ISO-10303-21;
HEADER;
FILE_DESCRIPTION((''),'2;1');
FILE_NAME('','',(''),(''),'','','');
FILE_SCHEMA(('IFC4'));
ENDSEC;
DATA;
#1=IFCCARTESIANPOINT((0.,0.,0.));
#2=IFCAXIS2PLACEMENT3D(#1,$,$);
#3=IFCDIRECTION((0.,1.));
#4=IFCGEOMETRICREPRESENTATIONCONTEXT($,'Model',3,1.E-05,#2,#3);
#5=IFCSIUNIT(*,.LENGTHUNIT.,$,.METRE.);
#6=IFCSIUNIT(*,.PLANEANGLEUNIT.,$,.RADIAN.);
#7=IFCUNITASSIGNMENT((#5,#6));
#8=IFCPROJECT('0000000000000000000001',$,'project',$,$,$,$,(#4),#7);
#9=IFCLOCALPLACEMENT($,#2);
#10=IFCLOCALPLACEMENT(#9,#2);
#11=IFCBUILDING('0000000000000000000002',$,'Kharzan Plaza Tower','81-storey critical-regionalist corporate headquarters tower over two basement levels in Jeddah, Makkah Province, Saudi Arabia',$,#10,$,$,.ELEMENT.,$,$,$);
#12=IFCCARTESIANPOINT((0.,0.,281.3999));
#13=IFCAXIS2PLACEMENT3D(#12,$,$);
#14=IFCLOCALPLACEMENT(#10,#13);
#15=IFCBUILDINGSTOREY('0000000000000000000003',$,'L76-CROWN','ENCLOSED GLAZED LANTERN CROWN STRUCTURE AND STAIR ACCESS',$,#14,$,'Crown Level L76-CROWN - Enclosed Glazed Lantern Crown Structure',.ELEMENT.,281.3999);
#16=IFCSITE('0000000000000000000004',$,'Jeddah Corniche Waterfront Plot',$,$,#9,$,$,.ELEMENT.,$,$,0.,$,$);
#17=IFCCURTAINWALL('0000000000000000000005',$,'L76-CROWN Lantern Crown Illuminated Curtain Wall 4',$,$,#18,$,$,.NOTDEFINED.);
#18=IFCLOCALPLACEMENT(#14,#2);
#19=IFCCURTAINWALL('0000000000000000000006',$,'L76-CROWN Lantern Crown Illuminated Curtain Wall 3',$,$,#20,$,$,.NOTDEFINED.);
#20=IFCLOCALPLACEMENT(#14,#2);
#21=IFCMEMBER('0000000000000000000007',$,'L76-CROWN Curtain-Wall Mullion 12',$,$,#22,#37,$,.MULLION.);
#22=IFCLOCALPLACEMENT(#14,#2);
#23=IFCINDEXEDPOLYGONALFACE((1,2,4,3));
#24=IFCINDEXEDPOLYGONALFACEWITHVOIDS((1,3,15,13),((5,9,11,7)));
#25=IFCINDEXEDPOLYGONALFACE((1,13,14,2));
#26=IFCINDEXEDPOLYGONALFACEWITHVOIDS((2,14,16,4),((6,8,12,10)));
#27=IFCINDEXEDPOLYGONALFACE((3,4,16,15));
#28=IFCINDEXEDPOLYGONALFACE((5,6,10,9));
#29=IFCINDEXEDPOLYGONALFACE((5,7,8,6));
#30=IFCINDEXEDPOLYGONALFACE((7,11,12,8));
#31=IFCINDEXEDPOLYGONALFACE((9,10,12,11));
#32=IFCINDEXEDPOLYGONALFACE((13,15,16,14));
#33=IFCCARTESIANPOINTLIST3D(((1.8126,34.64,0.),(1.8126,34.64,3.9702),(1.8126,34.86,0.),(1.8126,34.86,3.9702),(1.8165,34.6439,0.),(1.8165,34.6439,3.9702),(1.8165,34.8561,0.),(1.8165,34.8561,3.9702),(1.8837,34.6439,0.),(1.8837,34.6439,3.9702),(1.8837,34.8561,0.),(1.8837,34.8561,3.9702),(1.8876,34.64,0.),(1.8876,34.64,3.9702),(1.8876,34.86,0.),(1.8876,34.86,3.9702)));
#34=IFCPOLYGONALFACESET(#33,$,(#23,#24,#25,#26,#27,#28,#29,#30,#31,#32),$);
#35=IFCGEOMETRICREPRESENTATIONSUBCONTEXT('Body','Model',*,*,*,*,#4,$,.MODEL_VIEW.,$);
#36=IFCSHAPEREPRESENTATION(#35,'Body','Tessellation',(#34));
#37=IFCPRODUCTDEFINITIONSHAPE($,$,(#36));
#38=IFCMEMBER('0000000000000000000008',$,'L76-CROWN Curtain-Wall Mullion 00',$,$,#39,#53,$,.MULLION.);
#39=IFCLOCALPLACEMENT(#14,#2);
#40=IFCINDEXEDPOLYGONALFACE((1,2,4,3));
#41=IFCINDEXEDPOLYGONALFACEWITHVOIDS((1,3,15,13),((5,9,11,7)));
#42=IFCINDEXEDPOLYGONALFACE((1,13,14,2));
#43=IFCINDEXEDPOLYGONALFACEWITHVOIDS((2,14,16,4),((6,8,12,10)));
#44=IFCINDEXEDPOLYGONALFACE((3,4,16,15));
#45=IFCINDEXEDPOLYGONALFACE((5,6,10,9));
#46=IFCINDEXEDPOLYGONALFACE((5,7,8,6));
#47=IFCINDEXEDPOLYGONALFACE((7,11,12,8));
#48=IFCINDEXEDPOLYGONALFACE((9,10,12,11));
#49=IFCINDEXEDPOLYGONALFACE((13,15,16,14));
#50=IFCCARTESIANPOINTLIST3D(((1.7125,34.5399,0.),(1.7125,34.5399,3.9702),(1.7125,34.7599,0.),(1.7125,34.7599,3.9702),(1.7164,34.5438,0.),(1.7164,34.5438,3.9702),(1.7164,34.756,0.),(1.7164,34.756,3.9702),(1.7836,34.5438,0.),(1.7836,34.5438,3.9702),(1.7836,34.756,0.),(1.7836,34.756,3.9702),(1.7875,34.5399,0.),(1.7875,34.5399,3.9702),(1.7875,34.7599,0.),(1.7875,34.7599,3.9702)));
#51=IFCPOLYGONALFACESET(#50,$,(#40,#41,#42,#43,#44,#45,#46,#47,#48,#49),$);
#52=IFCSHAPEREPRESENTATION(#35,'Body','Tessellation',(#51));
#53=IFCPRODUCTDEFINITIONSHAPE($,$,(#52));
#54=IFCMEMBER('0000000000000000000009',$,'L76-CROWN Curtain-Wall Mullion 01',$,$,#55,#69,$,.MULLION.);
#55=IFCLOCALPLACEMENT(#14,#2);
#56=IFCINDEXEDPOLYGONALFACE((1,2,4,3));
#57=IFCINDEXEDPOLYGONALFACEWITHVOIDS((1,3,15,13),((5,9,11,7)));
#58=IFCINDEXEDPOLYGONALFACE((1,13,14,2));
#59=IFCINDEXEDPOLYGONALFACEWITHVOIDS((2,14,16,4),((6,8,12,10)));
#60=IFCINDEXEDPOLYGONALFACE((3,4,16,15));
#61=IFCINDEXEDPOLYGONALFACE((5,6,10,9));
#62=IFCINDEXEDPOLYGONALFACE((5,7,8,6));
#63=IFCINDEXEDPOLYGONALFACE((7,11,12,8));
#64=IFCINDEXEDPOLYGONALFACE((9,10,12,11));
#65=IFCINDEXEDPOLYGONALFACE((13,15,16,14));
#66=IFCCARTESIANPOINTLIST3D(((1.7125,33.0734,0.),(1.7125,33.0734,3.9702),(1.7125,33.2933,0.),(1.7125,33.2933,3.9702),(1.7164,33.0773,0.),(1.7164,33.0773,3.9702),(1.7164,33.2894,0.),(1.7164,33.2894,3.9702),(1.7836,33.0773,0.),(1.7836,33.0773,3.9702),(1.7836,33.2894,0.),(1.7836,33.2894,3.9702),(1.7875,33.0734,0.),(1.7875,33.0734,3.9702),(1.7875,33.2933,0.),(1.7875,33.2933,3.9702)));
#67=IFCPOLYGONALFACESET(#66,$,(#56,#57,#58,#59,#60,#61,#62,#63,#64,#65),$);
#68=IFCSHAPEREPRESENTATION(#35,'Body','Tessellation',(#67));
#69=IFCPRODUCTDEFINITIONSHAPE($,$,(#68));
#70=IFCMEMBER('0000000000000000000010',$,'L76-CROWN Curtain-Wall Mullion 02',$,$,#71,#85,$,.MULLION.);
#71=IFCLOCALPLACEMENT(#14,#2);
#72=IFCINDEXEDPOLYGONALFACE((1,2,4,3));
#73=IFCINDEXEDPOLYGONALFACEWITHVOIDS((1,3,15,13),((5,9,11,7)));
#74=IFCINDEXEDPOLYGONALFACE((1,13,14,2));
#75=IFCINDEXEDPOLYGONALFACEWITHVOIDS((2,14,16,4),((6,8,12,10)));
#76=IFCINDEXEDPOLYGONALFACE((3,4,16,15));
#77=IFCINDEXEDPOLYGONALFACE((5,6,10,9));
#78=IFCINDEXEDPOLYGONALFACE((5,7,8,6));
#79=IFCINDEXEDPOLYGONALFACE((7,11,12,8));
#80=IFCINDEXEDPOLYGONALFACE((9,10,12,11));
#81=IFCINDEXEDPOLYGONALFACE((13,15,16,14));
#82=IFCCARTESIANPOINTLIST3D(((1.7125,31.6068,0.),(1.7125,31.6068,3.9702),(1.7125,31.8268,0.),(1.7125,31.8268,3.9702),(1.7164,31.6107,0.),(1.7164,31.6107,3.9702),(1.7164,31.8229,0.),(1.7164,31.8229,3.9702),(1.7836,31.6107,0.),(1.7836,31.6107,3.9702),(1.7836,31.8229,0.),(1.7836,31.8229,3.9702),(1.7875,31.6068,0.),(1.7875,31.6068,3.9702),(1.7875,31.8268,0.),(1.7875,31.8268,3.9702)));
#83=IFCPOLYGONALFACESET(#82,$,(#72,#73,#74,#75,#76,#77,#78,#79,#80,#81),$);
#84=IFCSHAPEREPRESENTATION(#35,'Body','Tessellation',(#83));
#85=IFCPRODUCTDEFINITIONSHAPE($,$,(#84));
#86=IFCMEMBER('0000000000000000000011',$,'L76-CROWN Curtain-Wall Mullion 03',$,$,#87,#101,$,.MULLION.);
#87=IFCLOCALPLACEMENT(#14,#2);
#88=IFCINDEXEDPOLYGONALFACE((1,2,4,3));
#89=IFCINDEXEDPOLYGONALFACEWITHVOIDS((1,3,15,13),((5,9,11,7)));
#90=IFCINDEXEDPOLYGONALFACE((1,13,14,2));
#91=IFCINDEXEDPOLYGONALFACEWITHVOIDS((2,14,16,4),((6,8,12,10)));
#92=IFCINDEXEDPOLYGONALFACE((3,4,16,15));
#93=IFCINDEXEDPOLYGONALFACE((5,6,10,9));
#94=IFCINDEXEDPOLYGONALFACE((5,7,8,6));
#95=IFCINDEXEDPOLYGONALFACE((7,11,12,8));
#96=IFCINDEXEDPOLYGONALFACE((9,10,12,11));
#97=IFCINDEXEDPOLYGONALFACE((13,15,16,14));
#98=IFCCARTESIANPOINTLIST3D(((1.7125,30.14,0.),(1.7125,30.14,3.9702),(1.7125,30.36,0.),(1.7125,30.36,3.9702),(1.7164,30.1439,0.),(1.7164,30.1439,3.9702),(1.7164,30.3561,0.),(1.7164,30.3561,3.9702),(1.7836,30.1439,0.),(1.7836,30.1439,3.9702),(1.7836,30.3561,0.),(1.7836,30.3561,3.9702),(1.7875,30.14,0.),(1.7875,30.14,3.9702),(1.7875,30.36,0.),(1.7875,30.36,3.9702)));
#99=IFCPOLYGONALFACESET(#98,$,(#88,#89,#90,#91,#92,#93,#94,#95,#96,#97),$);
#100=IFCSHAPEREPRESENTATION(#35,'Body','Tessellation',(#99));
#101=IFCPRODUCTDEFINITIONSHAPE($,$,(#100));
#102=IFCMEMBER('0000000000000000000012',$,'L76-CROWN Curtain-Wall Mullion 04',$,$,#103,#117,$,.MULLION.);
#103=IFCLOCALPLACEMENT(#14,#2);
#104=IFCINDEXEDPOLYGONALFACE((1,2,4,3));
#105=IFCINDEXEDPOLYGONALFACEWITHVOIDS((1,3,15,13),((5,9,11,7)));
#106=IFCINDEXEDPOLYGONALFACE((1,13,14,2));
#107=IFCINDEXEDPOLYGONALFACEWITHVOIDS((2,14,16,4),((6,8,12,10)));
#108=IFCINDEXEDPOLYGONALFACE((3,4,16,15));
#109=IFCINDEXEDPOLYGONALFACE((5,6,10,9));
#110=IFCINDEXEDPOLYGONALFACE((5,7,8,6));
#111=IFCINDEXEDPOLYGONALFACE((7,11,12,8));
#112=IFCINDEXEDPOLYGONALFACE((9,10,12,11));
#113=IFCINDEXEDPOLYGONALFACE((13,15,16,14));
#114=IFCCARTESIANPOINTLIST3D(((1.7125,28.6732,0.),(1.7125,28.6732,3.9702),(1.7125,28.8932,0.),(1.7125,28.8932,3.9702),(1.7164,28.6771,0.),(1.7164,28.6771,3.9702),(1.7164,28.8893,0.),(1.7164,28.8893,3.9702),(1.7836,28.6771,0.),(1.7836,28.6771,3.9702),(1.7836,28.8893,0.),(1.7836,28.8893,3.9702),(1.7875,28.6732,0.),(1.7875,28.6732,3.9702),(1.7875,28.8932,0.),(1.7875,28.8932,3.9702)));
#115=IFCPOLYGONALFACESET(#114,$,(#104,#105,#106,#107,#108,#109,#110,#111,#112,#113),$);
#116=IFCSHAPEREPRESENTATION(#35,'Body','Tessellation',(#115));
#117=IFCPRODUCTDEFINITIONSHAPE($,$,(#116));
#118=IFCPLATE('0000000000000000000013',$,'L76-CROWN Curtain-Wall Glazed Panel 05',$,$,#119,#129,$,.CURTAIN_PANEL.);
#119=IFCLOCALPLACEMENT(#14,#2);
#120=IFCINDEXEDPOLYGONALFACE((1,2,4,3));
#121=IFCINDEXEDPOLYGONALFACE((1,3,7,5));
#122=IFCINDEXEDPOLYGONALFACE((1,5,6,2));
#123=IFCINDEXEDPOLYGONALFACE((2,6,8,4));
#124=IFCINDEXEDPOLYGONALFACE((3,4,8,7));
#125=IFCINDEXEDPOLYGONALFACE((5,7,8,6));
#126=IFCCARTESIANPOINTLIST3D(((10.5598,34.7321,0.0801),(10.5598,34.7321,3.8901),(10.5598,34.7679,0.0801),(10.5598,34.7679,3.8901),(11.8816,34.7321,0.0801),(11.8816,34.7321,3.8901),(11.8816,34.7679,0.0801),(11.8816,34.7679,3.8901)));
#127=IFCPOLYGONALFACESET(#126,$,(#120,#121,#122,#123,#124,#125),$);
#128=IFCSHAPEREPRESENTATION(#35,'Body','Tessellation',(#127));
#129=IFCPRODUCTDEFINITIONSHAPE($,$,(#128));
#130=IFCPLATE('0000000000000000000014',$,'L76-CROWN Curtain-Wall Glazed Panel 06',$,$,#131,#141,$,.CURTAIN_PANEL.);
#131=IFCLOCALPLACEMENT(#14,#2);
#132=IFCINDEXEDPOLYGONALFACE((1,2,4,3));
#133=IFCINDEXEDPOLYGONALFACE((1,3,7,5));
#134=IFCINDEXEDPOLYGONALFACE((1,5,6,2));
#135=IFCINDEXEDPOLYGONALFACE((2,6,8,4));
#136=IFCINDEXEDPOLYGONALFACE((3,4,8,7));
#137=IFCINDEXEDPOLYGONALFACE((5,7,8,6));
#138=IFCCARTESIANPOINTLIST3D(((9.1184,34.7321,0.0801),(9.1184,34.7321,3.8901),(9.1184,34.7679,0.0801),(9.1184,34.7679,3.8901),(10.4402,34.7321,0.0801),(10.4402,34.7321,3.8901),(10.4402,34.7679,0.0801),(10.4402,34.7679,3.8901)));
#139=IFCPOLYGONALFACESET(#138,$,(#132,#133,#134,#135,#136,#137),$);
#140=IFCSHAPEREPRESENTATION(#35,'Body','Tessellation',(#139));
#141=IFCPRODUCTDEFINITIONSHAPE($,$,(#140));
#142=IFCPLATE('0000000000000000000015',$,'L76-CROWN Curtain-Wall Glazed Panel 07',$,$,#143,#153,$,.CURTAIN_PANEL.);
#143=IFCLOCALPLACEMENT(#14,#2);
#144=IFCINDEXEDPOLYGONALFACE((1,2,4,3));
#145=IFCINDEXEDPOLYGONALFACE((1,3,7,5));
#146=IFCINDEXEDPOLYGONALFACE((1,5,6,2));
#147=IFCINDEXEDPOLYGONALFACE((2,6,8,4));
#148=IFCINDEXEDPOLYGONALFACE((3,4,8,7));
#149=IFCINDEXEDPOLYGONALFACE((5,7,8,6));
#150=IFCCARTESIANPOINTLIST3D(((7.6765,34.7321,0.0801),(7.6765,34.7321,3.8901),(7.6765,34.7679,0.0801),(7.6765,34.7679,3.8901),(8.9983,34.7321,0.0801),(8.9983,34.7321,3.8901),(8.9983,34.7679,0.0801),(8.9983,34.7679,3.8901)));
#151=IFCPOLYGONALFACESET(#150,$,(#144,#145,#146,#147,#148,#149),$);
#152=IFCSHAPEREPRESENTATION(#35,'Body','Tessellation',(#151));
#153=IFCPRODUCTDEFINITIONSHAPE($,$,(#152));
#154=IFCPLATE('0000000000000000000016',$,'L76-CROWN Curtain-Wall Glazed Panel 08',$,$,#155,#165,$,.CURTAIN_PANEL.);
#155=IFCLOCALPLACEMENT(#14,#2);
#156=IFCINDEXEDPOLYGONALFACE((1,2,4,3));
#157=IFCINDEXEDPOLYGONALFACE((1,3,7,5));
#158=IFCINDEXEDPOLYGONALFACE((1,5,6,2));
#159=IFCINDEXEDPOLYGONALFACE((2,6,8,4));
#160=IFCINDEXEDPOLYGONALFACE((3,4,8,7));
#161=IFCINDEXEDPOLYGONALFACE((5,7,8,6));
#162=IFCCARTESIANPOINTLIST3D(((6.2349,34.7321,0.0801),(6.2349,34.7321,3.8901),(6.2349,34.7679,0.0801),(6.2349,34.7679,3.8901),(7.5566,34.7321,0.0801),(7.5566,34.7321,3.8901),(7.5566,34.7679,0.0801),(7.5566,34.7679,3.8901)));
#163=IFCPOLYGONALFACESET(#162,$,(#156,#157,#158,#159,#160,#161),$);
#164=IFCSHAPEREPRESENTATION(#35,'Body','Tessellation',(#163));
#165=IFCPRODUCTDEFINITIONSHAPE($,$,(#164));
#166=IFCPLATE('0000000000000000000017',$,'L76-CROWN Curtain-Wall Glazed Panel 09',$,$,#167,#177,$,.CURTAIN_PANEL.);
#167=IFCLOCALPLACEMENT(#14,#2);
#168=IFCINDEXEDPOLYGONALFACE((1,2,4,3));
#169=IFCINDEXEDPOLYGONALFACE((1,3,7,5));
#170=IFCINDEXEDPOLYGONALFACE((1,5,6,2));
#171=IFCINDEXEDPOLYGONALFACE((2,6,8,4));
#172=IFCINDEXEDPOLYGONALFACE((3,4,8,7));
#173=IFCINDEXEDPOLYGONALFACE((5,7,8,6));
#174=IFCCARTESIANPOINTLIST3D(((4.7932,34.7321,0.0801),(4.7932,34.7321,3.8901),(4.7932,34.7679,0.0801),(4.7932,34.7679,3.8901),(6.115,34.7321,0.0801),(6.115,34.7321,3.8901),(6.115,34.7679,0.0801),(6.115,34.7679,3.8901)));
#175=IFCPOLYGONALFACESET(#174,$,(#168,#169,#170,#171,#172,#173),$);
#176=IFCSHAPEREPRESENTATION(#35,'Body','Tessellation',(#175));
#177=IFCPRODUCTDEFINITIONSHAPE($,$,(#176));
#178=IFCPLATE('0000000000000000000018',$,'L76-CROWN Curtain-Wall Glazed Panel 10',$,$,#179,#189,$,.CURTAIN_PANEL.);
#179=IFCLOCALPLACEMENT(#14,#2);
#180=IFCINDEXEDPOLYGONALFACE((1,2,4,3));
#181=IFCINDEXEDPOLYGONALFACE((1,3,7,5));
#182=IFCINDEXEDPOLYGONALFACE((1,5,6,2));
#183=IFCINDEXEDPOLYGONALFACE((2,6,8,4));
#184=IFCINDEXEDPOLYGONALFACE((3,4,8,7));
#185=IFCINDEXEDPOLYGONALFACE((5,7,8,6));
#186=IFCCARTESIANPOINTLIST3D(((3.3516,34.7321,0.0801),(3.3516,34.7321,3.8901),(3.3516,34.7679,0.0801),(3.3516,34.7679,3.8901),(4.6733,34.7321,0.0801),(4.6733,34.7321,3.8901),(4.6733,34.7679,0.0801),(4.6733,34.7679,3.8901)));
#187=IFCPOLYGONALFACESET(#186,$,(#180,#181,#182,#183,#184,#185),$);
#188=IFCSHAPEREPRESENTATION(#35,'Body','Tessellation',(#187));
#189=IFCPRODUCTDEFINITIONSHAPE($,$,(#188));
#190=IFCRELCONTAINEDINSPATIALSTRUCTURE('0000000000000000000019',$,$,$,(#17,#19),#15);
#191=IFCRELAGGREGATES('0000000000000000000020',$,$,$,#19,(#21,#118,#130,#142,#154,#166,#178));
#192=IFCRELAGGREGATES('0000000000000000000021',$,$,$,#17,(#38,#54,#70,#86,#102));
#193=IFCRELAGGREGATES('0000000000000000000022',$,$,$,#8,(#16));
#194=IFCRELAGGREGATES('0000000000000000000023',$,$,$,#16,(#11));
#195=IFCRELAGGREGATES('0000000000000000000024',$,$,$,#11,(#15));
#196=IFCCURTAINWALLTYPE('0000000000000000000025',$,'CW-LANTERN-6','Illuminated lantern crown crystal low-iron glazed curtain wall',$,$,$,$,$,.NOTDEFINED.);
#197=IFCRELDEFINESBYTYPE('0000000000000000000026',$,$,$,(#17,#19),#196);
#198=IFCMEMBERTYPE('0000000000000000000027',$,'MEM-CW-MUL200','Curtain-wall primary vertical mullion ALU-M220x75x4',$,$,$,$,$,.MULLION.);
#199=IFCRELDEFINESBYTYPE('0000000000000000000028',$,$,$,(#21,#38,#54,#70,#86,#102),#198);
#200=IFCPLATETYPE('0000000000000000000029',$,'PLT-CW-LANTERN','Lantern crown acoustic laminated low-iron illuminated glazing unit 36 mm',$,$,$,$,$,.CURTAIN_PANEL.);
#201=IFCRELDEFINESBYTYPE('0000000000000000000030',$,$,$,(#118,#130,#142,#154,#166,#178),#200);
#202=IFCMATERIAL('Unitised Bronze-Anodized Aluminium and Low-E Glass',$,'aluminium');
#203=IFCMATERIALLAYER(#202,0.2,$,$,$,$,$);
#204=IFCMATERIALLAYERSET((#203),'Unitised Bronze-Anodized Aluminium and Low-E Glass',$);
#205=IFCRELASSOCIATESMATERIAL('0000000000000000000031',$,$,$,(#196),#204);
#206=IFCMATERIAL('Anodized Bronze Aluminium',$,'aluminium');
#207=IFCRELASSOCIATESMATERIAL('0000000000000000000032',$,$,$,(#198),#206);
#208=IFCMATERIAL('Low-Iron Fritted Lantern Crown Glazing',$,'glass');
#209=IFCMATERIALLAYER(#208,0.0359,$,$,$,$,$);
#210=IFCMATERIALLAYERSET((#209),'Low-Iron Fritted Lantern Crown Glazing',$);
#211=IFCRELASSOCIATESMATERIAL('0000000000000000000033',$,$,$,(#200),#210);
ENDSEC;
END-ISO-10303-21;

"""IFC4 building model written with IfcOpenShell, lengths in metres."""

from ifc_helpers import new_model, si_unit, direction, frame, origin, origin_2d, place, context, subcontext, project, spatial, rectangle, hollow_rectangle, extrude, source, transform, mapped, material, layer, layer_set, material_profile, profile_set, type_object, element, aggregate, save


model = new_model("IFC4")

# Units and contexts
model_context = context("Model", 3, precision=1e-05, world=origin(), true_north=direction((0.0, 1.0)))
body_context = subcontext(model_context, "Body", "Model", "MODEL_VIEW")
ifc_project = project(units=[si_unit("LENGTHUNIT", "METRE"), si_unit("PLANEANGLEUNIT", "RADIAN")], contexts=[model_context])

# Site, building, storey
site_placement = place(None, origin())
site = spatial("IfcSite", under=ifc_project, at=site_placement, Name="Jeddah Corniche Waterfront Plot", CompositionType="ELEMENT", RefElevation=0.0)
building_placement = place(site_placement, origin())
building = spatial("IfcBuilding", under=site, at=building_placement, Name="Kharzan Plaza Tower", Description="81-storey critical-regionalist corporate headquarters tower over two basement levels in Jeddah, Makkah Province, Saudi Arabia", CompositionType="ELEMENT")
storey_placement = place(building_placement, frame((0.0, 0.0, 281.3999)))
storey = spatial("IfcBuildingStorey", under=building, at=storey_placement, Name="L76-CROWN", Description="ENCLOSED GLAZED LANTERN CROWN STRUCTURE AND STAIR ACCESS", LongName="Crown Level L76-CROWN - Enclosed Glazed Lantern Crown Structure", CompositionType="ELEMENT", Elevation=281.3999)

# Curtain walls, member
ifc_material_1 = material(Name="Unitised Bronze-Anodized Aluminium and Low-E Glass", Category="aluminium")
ifc_layer_1 = layer(ifc_material_1, 0.2)
ifc_layer_set_1 = layer_set([ifc_layer_1], Name="Unitised Bronze-Anodized Aluminium and Low-E Glass")
curtain_wall_type = type_object("IfcCurtainWallType", Name="CW-LANTERN-6", Description="Illuminated lantern crown crystal low-iron glazed curtain wall", PredefinedType="NOTDEFINED", material=ifc_layer_set_1)
curtain_wall_1_placement = place(storey_placement, origin())
curtain_wall_1 = element("IfcCurtainWall", 1, at=curtain_wall_1_placement, inside=storey, type_object=curtain_wall_type, Name="L76-CROWN Lantern Crown Illuminated Curtain Wall 4", PredefinedType="NOTDEFINED")
ifc_material_2 = material(Name="Anodized Bronze Aluminium", Category="aluminium")
curtain_wall_2_placement = place(storey_placement, origin())
curtain_wall_2 = element("IfcCurtainWall", 2, at=curtain_wall_2_placement, inside=storey, type_object=curtain_wall_type, Name="L76-CROWN Lantern Crown Illuminated Curtain Wall 3", PredefinedType="NOTDEFINED")
ifc_material_profile_1 = material_profile(ifc_material_2, hollow_rectangle(XDim=0.075, YDim=0.22, WallThickness=0.0039, at=origin_2d()), Name="ALU-M220x75x4")
ifc_profile_set_1 = profile_set([ifc_material_profile_1], Name="Anodized Bronze Aluminium")
member_type_1 = type_object("IfcMemberType", Name="MEM-CW-MUL200", Description="Curtain-wall primary vertical mullion ALU-M220x75x4", PredefinedType="MULLION", material=ifc_profile_set_1)
shared_shape_1 = source(origin(), body_context, "Body", "SweptSolid", [
    extrude(hollow_rectangle(XDim=0.075, YDim=0.22, WallThickness=0.0039, at=origin_2d()), origin(), (0.0, 0.0, 1.0), 3.9702),
])
member_1_placement = place(storey_placement, frame((1.8501, 34.75, 0.0), z_axis=(0.0, 0.0, 1.0), x_axis=(1.0, 0.0, 0.0)))
member_1 = element("IfcMember", 3, at=member_1_placement, type_object=member_type_1, Name="L76-CROWN Curtain-Wall Mullion 12", PredefinedType="MULLION", context=body_context, shape_type="MappedRepresentation", body=[
    mapped(shared_shape_1, transform((0.0, 0.0, 0.0), x_axis=(1.0, 0.0, 0.0), y_axis=(0.0, 1.0, 0.0), z_axis=(0.0, 0.0, 1.0))),
])

# Members
member_2_placement = place(storey_placement, frame((1.75, 34.6499, 0.0), z_axis=(0.0, 0.0, 1.0), x_axis=(1.0, 0.0, 0.0)))
member_2 = element("IfcMember", 4, at=member_2_placement, type_object=member_type_1, Name="L76-CROWN Curtain-Wall Mullion 00", PredefinedType="MULLION", context=body_context, shape_type="MappedRepresentation", body=[
    mapped(shared_shape_1, transform((0.0, 0.0, 0.0), x_axis=(1.0, 0.0, 0.0), y_axis=(0.0, 1.0, 0.0), z_axis=(0.0, 0.0, 1.0))),
])
member_3_placement = place(storey_placement, frame((1.75, 33.1833, 0.0), z_axis=(0.0, 0.0, 1.0), x_axis=(1.0, 0.0, 0.0)))
member_3 = element("IfcMember", 5, at=member_3_placement, type_object=member_type_1, Name="L76-CROWN Curtain-Wall Mullion 01", PredefinedType="MULLION", context=body_context, shape_type="MappedRepresentation", body=[
    mapped(shared_shape_1, transform((0.0, 0.0, 0.0), x_axis=(1.0, 0.0, 0.0), y_axis=(0.0, 1.0, 0.0), z_axis=(0.0, 0.0, 1.0))),
])
member_4_placement = place(storey_placement, frame((1.75, 31.7168, 0.0), z_axis=(0.0, 0.0, 1.0), x_axis=(1.0, 0.0, 0.0)))
member_4 = element("IfcMember", 6, at=member_4_placement, type_object=member_type_1, Name="L76-CROWN Curtain-Wall Mullion 02", PredefinedType="MULLION", context=body_context, shape_type="MappedRepresentation", body=[
    mapped(shared_shape_1, transform((0.0, 0.0, 0.0), x_axis=(1.0, 0.0, 0.0), y_axis=(0.0, 1.0, 0.0), z_axis=(0.0, 0.0, 1.0))),
])
member_5_placement = place(storey_placement, frame((1.75, 30.25, 0.0), z_axis=(0.0, 0.0, 1.0), x_axis=(1.0, 0.0, 0.0)))
member_5 = element("IfcMember", 7, at=member_5_placement, type_object=member_type_1, Name="L76-CROWN Curtain-Wall Mullion 03", PredefinedType="MULLION", context=body_context, shape_type="MappedRepresentation", body=[
    mapped(shared_shape_1, transform((0.0, 0.0, 0.0), x_axis=(1.0, 0.0, 0.0), y_axis=(0.0, 1.0, 0.0), z_axis=(0.0, 0.0, 1.0))),
])
member_6_placement = place(storey_placement, frame((1.75, 28.7832, 0.0), z_axis=(0.0, 0.0, 1.0), x_axis=(1.0, 0.0, 0.0)))
member_6 = element("IfcMember", 8, at=member_6_placement, type_object=member_type_1, Name="L76-CROWN Curtain-Wall Mullion 04", PredefinedType="MULLION", context=body_context, shape_type="MappedRepresentation", body=[
    mapped(shared_shape_1, transform((0.0, 0.0, 0.0), x_axis=(1.0, 0.0, 0.0), y_axis=(0.0, 1.0, 0.0), z_axis=(0.0, 0.0, 1.0))),
])

# Plates
ifc_material_3 = material(Name="Low-Iron Fritted Lantern Crown Glazing", Category="glass")
ifc_layer_2 = layer(ifc_material_3, 0.0359)
ifc_layer_set_2 = layer_set([ifc_layer_2], Name="Low-Iron Fritted Lantern Crown Glazing")
plate_type = type_object("IfcPlateType", Name="PLT-CW-LANTERN", Description="Lantern crown acoustic laminated low-iron illuminated glazing unit 36 mm", PredefinedType="CURTAIN_PANEL", material=ifc_layer_set_2)
shared_shape_2 = source(origin(), body_context, "Body", "SweptSolid", [
    extrude(rectangle(XDim=1.3218, YDim=0.0359, at=origin_2d()), origin(), (0.0, 0.0, 1.0), 3.8101),
])
plate_1_placement = place(storey_placement, frame((11.2207, 34.75, 0.0801), z_axis=(0.0, 0.0, 1.0), x_axis=(-1.0, 0.0, 0.0)))
plate_1 = element("IfcPlate", 9, at=plate_1_placement, type_object=plate_type, Name="L76-CROWN Curtain-Wall Glazed Panel 05", PredefinedType="CURTAIN_PANEL", context=body_context, shape_type="MappedRepresentation", body=[
    mapped(shared_shape_2, transform((0.0, 0.0, 0.0), x_axis=(1.0, 0.0, 0.0), y_axis=(0.0, 1.0, 0.0), z_axis=(0.0, 0.0, 1.0))),
])
plate_2_placement = place(storey_placement, frame((9.7793, 34.75, 0.0801), z_axis=(0.0, 0.0, 1.0), x_axis=(-1.0, 0.0, 0.0)))
plate_2 = element("IfcPlate", 10, at=plate_2_placement, type_object=plate_type, Name="L76-CROWN Curtain-Wall Glazed Panel 06", PredefinedType="CURTAIN_PANEL", context=body_context, shape_type="MappedRepresentation", body=[
    mapped(shared_shape_2, transform((0.0, 0.0, 0.0), x_axis=(1.0, 0.0, 0.0), y_axis=(0.0, 1.0, 0.0), z_axis=(0.0, 0.0, 1.0))),
])
plate_3_placement = place(storey_placement, frame((8.3374, 34.75, 0.0801), z_axis=(0.0, 0.0, 1.0), x_axis=(-1.0, 0.0, 0.0)))
plate_3 = element("IfcPlate", 11, at=plate_3_placement, type_object=plate_type, Name="L76-CROWN Curtain-Wall Glazed Panel 07", PredefinedType="CURTAIN_PANEL", context=body_context, shape_type="MappedRepresentation", body=[
    mapped(shared_shape_2, transform((0.0, 0.0, 0.0), x_axis=(1.0, 0.0, 0.0), y_axis=(0.0, 1.0, 0.0), z_axis=(0.0, 0.0, 1.0))),
])
plate_4_placement = place(storey_placement, frame((6.8958, 34.75, 0.0801), z_axis=(0.0, 0.0, 1.0), x_axis=(-1.0, 0.0, 0.0)))
plate_4 = element("IfcPlate", 12, at=plate_4_placement, type_object=plate_type, Name="L76-CROWN Curtain-Wall Glazed Panel 08", PredefinedType="CURTAIN_PANEL", context=body_context, shape_type="MappedRepresentation", body=[
    mapped(shared_shape_2, transform((0.0, 0.0, 0.0), x_axis=(1.0, 0.0, 0.0), y_axis=(0.0, 1.0, 0.0), z_axis=(0.0, 0.0, 1.0))),
])
plate_5_placement = place(storey_placement, frame((5.4541, 34.75, 0.0801), z_axis=(0.0, 0.0, 1.0), x_axis=(-1.0, 0.0, 0.0)))
plate_5 = element("IfcPlate", 13, at=plate_5_placement, type_object=plate_type, Name="L76-CROWN Curtain-Wall Glazed Panel 09", PredefinedType="CURTAIN_PANEL", context=body_context, shape_type="MappedRepresentation", body=[
    mapped(shared_shape_2, transform((0.0, 0.0, 0.0), x_axis=(1.0, 0.0, 0.0), y_axis=(0.0, 1.0, 0.0), z_axis=(0.0, 0.0, 1.0))),
])
plate_6_placement = place(storey_placement, frame((4.0125, 34.75, 0.0801), z_axis=(0.0, 0.0, 1.0), x_axis=(-1.0, 0.0, 0.0)))
plate_6 = element("IfcPlate", 14, at=plate_6_placement, type_object=plate_type, Name="L76-CROWN Curtain-Wall Glazed Panel 10", PredefinedType="CURTAIN_PANEL", context=body_context, shape_type="MappedRepresentation", body=[
    mapped(shared_shape_2, transform((0.0, 0.0, 0.0), x_axis=(1.0, 0.0, 0.0), y_axis=(0.0, 1.0, 0.0), z_axis=(0.0, 0.0, 1.0))),
])
aggregate(curtain_wall_2, [member_1, plate_1, plate_2, plate_3, plate_4, plate_5, plate_6])
aggregate(curtain_wall_1, [member_2, member_3, member_4, member_5, member_6])

save(model, "model.ifc")
